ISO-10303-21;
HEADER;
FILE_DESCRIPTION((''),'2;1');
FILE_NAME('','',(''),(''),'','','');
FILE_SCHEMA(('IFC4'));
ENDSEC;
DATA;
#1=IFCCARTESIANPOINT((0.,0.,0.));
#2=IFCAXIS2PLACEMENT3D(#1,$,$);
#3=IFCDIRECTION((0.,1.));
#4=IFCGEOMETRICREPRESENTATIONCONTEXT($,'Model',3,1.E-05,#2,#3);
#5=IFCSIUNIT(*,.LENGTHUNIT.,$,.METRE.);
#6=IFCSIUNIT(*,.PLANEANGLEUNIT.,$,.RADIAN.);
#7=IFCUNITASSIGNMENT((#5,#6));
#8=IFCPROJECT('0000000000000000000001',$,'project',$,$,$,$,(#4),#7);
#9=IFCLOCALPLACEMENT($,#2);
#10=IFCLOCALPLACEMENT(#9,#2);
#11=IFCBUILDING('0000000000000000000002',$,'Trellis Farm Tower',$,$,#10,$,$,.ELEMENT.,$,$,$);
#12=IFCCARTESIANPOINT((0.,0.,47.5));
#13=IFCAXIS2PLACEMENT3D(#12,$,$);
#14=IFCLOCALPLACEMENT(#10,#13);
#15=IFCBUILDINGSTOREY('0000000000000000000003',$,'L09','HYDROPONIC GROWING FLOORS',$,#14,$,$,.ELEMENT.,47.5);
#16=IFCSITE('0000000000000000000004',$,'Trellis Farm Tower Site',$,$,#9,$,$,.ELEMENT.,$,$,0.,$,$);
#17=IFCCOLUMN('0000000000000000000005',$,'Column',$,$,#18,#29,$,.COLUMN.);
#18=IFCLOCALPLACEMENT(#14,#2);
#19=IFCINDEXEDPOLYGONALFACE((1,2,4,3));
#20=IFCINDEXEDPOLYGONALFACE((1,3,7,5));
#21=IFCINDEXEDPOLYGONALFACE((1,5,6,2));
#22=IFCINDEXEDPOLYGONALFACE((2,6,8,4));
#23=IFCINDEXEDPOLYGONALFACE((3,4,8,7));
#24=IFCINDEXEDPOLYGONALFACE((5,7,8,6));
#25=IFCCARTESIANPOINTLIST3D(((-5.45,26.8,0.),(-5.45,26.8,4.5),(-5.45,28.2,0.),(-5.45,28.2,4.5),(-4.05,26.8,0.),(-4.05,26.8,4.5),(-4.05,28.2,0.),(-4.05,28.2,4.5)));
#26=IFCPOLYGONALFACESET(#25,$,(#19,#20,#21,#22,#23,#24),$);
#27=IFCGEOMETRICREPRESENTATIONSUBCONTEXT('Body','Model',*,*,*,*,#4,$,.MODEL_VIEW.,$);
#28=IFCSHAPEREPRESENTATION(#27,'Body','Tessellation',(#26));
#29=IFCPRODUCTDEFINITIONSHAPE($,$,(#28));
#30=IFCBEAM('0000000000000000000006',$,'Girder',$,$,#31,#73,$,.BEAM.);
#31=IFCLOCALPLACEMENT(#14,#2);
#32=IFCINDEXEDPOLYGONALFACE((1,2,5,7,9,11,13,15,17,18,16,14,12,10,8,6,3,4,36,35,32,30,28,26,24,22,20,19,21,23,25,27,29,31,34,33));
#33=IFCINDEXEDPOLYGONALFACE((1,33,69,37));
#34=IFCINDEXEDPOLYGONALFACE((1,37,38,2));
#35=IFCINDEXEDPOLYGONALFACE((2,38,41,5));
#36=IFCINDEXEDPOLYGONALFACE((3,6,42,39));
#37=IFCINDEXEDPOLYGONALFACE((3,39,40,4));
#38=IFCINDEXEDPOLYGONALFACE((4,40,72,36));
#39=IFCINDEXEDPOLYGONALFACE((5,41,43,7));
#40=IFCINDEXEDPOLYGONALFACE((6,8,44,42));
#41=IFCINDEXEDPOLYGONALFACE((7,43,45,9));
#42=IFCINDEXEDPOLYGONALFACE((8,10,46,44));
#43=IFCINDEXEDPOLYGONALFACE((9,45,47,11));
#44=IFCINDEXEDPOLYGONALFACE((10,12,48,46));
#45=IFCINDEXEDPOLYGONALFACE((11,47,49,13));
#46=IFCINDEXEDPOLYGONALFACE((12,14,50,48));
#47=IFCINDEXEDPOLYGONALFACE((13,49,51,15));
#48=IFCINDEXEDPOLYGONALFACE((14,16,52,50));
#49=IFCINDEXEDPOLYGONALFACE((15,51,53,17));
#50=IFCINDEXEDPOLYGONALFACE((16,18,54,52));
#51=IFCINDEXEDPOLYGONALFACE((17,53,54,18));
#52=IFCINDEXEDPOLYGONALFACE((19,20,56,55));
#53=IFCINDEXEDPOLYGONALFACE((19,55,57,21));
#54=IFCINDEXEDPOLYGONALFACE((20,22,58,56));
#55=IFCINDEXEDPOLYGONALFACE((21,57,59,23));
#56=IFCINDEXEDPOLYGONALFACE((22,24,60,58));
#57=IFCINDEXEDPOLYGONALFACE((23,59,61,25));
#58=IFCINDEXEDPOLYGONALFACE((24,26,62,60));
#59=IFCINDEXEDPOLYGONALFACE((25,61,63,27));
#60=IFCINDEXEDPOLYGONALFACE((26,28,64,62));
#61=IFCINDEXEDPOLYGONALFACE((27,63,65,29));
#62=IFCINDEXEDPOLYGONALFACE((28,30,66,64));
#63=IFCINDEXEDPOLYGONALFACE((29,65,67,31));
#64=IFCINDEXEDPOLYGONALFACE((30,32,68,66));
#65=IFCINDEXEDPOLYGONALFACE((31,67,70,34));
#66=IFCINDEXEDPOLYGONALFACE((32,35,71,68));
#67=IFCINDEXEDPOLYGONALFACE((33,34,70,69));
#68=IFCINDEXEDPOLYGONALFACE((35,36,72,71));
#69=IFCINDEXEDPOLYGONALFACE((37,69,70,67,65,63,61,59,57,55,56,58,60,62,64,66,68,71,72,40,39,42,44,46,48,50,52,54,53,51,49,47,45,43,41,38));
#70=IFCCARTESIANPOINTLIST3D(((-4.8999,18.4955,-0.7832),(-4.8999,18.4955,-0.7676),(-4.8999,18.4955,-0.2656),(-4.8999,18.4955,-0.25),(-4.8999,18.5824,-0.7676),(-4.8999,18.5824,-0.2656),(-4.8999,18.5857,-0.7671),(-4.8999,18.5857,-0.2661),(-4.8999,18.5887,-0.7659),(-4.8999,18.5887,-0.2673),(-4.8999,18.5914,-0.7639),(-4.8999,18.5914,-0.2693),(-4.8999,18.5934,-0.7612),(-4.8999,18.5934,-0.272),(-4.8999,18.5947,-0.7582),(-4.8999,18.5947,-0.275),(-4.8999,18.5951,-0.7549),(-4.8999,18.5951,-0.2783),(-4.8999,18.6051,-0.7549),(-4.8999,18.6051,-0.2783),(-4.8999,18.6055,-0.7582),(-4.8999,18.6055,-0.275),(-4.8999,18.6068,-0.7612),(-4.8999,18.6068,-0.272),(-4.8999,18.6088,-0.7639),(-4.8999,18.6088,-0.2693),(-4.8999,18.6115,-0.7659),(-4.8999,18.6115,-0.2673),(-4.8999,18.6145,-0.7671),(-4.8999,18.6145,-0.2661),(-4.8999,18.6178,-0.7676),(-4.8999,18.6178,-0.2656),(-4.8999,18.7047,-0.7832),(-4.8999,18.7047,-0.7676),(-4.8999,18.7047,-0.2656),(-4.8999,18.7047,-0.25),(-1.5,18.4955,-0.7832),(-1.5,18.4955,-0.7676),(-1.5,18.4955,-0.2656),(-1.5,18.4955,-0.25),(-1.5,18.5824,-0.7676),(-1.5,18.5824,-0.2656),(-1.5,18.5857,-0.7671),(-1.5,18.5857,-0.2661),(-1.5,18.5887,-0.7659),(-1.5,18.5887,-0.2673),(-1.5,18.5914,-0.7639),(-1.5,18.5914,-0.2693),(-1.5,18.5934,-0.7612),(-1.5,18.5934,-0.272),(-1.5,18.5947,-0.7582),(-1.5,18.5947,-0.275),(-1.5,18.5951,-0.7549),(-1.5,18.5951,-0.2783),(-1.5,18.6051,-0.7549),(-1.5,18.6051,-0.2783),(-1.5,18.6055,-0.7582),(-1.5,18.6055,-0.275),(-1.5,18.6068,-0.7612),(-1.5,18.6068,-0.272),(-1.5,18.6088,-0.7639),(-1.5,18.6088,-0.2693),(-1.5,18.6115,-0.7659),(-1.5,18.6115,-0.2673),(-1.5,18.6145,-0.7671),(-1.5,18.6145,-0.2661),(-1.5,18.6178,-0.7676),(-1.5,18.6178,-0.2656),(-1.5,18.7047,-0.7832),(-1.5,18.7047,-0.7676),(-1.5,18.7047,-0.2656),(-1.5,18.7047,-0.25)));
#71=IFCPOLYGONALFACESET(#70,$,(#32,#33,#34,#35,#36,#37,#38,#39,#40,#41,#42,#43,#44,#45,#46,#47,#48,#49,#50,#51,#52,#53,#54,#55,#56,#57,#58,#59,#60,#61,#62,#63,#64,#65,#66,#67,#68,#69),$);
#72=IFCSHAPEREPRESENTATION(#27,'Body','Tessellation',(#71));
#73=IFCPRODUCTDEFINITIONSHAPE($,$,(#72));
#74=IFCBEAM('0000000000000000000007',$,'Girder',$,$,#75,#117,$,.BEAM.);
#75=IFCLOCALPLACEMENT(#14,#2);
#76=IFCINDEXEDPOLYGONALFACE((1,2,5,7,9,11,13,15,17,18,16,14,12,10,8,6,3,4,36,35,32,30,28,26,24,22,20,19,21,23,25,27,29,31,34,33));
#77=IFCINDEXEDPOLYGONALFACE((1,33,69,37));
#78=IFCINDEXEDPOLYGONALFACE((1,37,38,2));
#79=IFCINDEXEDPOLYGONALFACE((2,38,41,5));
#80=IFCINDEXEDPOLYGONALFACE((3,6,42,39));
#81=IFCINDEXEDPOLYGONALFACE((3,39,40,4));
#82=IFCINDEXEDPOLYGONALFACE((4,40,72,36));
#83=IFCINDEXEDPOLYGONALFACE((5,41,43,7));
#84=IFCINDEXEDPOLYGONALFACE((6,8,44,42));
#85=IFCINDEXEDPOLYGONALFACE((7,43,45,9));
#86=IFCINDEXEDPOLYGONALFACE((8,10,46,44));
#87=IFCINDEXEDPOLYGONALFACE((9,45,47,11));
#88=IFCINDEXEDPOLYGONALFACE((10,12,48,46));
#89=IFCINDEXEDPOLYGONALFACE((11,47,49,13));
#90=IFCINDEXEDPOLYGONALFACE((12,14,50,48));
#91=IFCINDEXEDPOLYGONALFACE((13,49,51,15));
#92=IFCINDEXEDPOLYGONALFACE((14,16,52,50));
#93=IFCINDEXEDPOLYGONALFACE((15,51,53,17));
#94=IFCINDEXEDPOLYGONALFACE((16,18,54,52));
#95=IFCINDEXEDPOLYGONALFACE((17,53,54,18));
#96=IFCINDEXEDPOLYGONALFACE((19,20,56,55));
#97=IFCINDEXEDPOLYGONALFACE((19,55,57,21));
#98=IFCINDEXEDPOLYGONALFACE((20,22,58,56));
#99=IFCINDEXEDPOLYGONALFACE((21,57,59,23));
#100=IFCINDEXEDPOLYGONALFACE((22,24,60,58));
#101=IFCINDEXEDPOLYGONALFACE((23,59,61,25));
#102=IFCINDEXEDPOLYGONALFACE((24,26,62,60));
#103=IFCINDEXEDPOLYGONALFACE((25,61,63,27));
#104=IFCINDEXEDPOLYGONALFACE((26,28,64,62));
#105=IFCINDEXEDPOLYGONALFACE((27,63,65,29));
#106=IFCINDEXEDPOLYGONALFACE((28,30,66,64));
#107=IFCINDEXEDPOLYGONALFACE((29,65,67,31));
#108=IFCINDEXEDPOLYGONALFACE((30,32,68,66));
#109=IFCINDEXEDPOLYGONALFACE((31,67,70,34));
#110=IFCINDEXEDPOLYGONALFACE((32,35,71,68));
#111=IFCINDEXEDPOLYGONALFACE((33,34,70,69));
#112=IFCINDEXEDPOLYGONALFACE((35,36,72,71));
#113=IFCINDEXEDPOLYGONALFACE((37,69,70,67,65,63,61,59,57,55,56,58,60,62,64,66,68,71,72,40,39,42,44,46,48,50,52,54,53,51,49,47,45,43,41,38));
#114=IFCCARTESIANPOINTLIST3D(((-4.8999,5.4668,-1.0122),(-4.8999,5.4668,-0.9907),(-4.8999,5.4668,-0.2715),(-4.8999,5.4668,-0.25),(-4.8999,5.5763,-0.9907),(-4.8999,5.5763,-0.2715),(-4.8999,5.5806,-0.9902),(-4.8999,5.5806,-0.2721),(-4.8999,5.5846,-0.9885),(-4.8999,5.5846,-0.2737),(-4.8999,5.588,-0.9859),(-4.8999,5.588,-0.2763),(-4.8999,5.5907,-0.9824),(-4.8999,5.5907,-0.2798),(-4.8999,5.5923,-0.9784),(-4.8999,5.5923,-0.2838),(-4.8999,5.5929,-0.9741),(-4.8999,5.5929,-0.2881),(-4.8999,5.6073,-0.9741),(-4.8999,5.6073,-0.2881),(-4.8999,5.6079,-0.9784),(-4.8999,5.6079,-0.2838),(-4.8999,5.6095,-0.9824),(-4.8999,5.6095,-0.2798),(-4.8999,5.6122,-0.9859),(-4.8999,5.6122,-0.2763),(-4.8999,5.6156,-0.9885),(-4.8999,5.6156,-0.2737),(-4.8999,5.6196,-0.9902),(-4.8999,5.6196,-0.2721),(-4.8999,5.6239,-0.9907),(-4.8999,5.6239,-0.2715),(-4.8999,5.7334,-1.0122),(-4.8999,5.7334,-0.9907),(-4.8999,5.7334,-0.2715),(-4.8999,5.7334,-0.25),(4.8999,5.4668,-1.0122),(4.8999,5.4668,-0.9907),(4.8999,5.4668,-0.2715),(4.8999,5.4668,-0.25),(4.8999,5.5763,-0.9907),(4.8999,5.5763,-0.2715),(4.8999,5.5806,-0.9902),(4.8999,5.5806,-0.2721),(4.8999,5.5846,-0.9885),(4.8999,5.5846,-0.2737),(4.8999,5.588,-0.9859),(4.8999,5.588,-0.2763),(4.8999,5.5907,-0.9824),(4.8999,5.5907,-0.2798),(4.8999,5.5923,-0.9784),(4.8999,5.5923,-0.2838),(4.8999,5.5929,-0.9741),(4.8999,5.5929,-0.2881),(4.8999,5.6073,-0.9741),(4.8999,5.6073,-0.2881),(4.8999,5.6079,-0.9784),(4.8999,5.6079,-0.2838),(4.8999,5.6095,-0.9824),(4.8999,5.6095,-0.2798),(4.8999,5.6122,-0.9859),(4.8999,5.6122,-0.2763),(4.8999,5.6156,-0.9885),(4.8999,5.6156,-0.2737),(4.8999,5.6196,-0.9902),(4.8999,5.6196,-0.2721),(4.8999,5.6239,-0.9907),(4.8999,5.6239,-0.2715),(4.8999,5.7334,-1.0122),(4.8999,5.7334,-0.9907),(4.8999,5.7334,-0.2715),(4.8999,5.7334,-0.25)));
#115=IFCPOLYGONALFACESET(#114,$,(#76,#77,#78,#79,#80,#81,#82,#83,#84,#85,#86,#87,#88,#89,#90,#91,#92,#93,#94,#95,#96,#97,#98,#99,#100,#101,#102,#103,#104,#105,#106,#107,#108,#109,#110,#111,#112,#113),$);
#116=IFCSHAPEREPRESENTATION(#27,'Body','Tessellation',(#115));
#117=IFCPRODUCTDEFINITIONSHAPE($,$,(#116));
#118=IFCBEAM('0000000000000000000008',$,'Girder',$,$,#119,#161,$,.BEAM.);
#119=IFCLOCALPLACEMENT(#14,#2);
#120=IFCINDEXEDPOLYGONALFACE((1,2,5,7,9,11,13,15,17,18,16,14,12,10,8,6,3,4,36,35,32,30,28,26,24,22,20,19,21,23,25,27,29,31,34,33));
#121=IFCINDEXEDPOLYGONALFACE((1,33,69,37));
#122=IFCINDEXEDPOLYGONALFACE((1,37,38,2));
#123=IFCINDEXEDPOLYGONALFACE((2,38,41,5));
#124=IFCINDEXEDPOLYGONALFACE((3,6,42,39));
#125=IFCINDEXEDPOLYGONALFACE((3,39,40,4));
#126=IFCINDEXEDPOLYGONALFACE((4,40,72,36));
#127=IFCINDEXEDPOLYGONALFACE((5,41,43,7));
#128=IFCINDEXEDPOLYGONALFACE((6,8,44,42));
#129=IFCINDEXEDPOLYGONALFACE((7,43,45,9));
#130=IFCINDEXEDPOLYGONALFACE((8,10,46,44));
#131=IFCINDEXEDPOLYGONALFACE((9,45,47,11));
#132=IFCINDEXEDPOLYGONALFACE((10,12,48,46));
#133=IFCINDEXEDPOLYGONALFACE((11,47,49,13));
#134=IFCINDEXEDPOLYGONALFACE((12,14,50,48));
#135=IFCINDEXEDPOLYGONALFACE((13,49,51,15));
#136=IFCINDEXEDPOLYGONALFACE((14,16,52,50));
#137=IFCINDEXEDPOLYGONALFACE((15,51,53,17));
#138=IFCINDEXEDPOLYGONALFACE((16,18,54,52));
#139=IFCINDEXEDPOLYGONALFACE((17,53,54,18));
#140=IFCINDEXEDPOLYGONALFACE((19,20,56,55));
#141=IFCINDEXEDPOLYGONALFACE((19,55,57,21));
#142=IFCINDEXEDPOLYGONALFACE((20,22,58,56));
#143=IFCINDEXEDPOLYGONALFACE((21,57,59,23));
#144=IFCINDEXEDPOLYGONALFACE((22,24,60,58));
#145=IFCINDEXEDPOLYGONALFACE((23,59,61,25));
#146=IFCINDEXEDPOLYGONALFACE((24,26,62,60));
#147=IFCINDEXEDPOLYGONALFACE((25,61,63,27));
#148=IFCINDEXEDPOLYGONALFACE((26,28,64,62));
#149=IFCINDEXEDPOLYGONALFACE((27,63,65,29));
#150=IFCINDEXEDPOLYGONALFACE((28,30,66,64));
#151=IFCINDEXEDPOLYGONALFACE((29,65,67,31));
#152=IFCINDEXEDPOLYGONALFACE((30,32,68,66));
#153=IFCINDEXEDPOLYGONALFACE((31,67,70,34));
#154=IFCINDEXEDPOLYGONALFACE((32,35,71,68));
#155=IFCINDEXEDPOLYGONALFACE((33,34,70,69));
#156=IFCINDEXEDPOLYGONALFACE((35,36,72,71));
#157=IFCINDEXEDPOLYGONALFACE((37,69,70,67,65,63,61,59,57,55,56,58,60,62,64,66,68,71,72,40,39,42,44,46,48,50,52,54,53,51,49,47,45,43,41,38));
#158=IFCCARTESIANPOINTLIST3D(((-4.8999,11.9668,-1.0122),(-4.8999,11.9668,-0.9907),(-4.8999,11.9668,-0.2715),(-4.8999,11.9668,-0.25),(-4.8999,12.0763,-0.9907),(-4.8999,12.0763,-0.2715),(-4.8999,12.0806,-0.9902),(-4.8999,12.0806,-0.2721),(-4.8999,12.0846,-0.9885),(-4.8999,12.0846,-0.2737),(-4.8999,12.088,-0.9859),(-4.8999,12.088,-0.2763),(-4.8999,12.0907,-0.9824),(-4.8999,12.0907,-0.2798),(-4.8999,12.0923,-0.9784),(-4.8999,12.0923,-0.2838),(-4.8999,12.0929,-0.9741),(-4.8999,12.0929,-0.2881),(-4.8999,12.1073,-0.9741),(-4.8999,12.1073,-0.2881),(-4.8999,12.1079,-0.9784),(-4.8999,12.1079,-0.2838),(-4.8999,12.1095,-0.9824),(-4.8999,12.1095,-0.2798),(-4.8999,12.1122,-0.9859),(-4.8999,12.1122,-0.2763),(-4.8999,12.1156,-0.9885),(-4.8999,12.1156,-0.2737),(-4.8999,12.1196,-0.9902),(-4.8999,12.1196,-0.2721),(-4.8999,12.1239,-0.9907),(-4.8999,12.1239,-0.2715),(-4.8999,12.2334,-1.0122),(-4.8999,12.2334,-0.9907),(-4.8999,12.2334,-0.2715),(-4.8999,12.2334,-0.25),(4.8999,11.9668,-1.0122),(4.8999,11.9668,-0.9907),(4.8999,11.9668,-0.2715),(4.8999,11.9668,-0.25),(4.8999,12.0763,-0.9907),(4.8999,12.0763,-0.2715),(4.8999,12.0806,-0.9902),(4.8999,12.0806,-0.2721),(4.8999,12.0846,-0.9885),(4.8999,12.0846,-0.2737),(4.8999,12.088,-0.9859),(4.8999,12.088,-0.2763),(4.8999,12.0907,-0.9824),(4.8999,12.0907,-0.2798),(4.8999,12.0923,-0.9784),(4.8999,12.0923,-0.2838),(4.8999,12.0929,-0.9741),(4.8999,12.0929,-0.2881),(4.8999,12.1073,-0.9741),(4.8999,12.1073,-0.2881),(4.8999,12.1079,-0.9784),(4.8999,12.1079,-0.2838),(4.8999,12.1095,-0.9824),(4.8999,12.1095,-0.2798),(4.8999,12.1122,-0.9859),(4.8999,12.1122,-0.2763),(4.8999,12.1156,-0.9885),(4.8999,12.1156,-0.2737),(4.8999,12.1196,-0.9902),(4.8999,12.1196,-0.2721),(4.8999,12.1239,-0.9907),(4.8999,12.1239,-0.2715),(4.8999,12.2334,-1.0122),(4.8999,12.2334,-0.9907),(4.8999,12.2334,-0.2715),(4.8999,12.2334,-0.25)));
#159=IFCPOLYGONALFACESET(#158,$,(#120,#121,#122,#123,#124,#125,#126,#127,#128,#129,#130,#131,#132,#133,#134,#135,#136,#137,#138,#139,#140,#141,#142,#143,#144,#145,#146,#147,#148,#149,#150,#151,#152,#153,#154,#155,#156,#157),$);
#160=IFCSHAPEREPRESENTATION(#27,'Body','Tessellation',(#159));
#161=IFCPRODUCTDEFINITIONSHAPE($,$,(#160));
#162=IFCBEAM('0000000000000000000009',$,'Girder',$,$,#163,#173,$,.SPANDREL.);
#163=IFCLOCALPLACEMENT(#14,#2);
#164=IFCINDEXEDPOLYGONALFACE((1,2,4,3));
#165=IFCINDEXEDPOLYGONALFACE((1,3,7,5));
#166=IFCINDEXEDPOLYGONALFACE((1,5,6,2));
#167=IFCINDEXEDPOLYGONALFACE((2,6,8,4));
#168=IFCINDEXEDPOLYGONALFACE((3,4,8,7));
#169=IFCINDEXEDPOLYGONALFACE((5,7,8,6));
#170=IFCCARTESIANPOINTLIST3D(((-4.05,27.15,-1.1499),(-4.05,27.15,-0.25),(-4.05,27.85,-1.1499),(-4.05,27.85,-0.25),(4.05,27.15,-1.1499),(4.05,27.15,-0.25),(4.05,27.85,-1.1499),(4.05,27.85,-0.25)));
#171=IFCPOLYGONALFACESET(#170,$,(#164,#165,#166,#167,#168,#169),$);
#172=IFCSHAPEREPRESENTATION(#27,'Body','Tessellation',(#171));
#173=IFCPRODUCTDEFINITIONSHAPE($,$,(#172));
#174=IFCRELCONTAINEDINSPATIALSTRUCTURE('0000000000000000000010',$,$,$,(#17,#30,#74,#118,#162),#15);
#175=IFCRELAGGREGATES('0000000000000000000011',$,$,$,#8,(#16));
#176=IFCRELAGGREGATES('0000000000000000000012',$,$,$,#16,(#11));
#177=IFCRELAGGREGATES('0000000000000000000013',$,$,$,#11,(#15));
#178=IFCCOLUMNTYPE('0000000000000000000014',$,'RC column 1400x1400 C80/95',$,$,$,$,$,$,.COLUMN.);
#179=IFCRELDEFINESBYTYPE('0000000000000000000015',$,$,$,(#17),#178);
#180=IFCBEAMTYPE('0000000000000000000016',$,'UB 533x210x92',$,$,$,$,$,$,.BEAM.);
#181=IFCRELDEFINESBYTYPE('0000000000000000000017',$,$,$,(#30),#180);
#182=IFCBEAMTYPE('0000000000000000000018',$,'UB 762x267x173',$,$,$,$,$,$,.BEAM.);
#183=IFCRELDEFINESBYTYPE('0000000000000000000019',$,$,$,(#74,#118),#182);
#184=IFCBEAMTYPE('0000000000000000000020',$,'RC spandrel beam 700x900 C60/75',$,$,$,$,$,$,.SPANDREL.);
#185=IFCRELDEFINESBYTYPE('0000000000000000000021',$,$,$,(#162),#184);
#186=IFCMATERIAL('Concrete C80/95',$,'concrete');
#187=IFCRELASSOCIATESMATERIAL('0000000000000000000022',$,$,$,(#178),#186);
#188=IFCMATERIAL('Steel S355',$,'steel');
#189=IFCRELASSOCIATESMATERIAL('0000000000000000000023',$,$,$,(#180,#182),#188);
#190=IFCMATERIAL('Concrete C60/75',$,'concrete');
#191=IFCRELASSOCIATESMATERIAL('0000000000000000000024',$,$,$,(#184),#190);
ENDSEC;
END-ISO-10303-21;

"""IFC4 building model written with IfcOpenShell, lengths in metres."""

from ifc_helpers import new_model, si_unit, direction, frame, origin, origin_2d, place, context, subcontext, project, spatial, rectangle, i_section, extrude, source, transform, mapped, material, material_profile, profile_set, type_object, element, save


model = new_model("IFC4")

# Units and contexts
model_context = context("Model", 3, precision=1e-05, world=origin(), true_north=direction((0.0, 1.0)))
body_context = subcontext(model_context, "Body", "Model", "MODEL_VIEW")
ifc_project = project(units=[si_unit("LENGTHUNIT", "METRE"), si_unit("PLANEANGLEUNIT", "RADIAN")], contexts=[model_context])

# Site, building, storey
site_placement = place(None, origin())
site = spatial("IfcSite", under=ifc_project, at=site_placement, Name="Trellis Farm Tower Site", CompositionType="ELEMENT", RefElevation=0.0)
building_placement = place(site_placement, origin())
building = spatial("IfcBuilding", under=site, at=building_placement, Name="Trellis Farm Tower", CompositionType="ELEMENT")
storey_placement = place(building_placement, frame((0.0, 0.0, 47.5)))
storey = spatial("IfcBuildingStorey", under=building, at=storey_placement, Name="L09", Description="HYDROPONIC GROWING FLOORS", CompositionType="ELEMENT", Elevation=47.5)

# Column
ifc_material_1 = material(Name="Concrete C80/95", Category="concrete")
ifc_material_profile_1 = material_profile(ifc_material_1, rectangle(XDim=1.3999, YDim=1.3999, at=origin_2d()), Name="RC column 1400x1400 C80/95")
ifc_profile_set_1 = profile_set([ifc_material_profile_1], Name="Concrete C80/95")
column_type = type_object("IfcColumnType", Name="RC column 1400x1400 C80/95", PredefinedType="COLUMN", material=ifc_profile_set_1)
shared_shape_1 = source(origin(), body_context, "Body", "SweptSolid", [
    extrude(rectangle(XDim=1.3999, YDim=1.3999, at=origin_2d()), origin(), (0.0, 0.0, 1.0), 4.5),
])
column_placement = place(storey_placement, frame((-4.75, 27.5, 0.0), z_axis=(0.0, 0.0, 1.0), x_axis=(1.0, 0.0, 0.0)))
element("IfcColumn", 1, at=column_placement, inside=storey, type_object=column_type, Name="Column", PredefinedType="COLUMN", context=body_context, shape_type="MappedRepresentation", body=[
    mapped(shared_shape_1, transform((0.0, 0.0, 0.0))),
])

# Beams
ifc_material_2 = material(Name="Steel S355", Category="steel")
ifc_material_profile_2 = material_profile(ifc_material_2, i_section(OverallWidth=0.2092, OverallDepth=0.5332, WebThickness=0.01, FlangeThickness=0.0156, FilletRadius=0.0127, at=origin_2d()), Name="UB 533x210x92")
ifc_profile_set_2 = profile_set([ifc_material_profile_2], Name="Steel S355")
beam_type_1 = type_object("IfcBeamType", Name="UB 533x210x92", PredefinedType="BEAM", material=ifc_profile_set_2)
shared_shape_2 = source(origin(), body_context, "Body", "SweptSolid", [
    extrude(i_section(OverallWidth=0.2092, OverallDepth=0.5332, WebThickness=0.01, FlangeThickness=0.0156, FilletRadius=0.0127, at=origin_2d()), origin(), (0.0, 0.0, 1.0), 3.3999),
])
beam_1_placement = place(storey_placement, frame((-4.8999, 18.6001, -0.5166), z_axis=(1.0, 0.0, 0.0), x_axis=(0.0, 1.0, 0.0)))
element("IfcBeam", 2, at=beam_1_placement, inside=storey, type_object=beam_type_1, Name="Girder", PredefinedType="BEAM", context=body_context, shape_type="MappedRepresentation", body=[
    mapped(shared_shape_2, transform((0.0, 0.0, 0.0))),
])
ifc_material_profile_3 = material_profile(ifc_material_2, i_section(OverallWidth=0.2666, OverallDepth=0.7622, WebThickness=0.0144, FlangeThickness=0.0215, FilletRadius=0.0166, at=origin_2d()), Name="UB 762x267x173")
ifc_profile_set_3 = profile_set([ifc_material_profile_3], Name="Steel S355")
beam_type_2 = type_object("IfcBeamType", Name="UB 762x267x173", PredefinedType="BEAM", material=ifc_profile_set_3)
shared_shape_3 = source(origin(), body_context, "Body", "SweptSolid", [
    extrude(i_section(OverallWidth=0.2666, OverallDepth=0.7622, WebThickness=0.0144, FlangeThickness=0.0215, FilletRadius=0.0166, at=origin_2d()), origin(), (0.0, 0.0, 1.0), 9.7998),
])
for number, where, z_axis, x_axis, name in (
    (3, (-4.8999, 5.6001, -0.6311), (1.0, 0.0, 0.0), (0.0, 1.0, 0.0), "Girder"),
    (4, (-4.8999, 12.1001, -0.6311), (1.0, 0.0, 0.0), (0.0, 1.0, 0.0), "Girder"),
):
    element("IfcBeam", number, at=place(storey_placement, frame(where, z_axis=z_axis, x_axis=x_axis)), inside=storey, type_object=beam_type_2, Name=name, PredefinedType="BEAM", context=body_context, shape_type="MappedRepresentation", body=[
        mapped(shared_shape_3, transform((0.0, 0.0, 0.0))),
    ])
ifc_material_3 = material(Name="Concrete C60/75", Category="concrete")
ifc_material_profile_4 = material_profile(ifc_material_3, rectangle(XDim=0.7, YDim=0.8999, at=origin_2d()), Name="RC spandrel beam 700x900 C60/75")
ifc_profile_set_4 = profile_set([ifc_material_profile_4], Name="Concrete C60/75")
beam_type_3 = type_object("IfcBeamType", Name="RC spandrel beam 700x900 C60/75", PredefinedType="SPANDREL", material=ifc_profile_set_4)
shared_shape_4 = source(origin(), body_context, "Body", "SweptSolid", [
    extrude(rectangle(XDim=0.7, YDim=0.8999, at=origin_2d()), origin(), (0.0, 0.0, 1.0), 8.1001),
])
beam_2_placement = place(storey_placement, frame((-4.05, 27.5, -0.7), z_axis=(1.0, 0.0, 0.0), x_axis=(0.0, 1.0, 0.0)))
element("IfcBeam", 5, at=beam_2_placement, inside=storey, type_object=beam_type_3, Name="Girder", PredefinedType="SPANDREL", context=body_context, shape_type="MappedRepresentation", body=[
    mapped(shared_shape_4, transform((0.0, 0.0, 0.0))),
])

save(model, "model.ifc")
